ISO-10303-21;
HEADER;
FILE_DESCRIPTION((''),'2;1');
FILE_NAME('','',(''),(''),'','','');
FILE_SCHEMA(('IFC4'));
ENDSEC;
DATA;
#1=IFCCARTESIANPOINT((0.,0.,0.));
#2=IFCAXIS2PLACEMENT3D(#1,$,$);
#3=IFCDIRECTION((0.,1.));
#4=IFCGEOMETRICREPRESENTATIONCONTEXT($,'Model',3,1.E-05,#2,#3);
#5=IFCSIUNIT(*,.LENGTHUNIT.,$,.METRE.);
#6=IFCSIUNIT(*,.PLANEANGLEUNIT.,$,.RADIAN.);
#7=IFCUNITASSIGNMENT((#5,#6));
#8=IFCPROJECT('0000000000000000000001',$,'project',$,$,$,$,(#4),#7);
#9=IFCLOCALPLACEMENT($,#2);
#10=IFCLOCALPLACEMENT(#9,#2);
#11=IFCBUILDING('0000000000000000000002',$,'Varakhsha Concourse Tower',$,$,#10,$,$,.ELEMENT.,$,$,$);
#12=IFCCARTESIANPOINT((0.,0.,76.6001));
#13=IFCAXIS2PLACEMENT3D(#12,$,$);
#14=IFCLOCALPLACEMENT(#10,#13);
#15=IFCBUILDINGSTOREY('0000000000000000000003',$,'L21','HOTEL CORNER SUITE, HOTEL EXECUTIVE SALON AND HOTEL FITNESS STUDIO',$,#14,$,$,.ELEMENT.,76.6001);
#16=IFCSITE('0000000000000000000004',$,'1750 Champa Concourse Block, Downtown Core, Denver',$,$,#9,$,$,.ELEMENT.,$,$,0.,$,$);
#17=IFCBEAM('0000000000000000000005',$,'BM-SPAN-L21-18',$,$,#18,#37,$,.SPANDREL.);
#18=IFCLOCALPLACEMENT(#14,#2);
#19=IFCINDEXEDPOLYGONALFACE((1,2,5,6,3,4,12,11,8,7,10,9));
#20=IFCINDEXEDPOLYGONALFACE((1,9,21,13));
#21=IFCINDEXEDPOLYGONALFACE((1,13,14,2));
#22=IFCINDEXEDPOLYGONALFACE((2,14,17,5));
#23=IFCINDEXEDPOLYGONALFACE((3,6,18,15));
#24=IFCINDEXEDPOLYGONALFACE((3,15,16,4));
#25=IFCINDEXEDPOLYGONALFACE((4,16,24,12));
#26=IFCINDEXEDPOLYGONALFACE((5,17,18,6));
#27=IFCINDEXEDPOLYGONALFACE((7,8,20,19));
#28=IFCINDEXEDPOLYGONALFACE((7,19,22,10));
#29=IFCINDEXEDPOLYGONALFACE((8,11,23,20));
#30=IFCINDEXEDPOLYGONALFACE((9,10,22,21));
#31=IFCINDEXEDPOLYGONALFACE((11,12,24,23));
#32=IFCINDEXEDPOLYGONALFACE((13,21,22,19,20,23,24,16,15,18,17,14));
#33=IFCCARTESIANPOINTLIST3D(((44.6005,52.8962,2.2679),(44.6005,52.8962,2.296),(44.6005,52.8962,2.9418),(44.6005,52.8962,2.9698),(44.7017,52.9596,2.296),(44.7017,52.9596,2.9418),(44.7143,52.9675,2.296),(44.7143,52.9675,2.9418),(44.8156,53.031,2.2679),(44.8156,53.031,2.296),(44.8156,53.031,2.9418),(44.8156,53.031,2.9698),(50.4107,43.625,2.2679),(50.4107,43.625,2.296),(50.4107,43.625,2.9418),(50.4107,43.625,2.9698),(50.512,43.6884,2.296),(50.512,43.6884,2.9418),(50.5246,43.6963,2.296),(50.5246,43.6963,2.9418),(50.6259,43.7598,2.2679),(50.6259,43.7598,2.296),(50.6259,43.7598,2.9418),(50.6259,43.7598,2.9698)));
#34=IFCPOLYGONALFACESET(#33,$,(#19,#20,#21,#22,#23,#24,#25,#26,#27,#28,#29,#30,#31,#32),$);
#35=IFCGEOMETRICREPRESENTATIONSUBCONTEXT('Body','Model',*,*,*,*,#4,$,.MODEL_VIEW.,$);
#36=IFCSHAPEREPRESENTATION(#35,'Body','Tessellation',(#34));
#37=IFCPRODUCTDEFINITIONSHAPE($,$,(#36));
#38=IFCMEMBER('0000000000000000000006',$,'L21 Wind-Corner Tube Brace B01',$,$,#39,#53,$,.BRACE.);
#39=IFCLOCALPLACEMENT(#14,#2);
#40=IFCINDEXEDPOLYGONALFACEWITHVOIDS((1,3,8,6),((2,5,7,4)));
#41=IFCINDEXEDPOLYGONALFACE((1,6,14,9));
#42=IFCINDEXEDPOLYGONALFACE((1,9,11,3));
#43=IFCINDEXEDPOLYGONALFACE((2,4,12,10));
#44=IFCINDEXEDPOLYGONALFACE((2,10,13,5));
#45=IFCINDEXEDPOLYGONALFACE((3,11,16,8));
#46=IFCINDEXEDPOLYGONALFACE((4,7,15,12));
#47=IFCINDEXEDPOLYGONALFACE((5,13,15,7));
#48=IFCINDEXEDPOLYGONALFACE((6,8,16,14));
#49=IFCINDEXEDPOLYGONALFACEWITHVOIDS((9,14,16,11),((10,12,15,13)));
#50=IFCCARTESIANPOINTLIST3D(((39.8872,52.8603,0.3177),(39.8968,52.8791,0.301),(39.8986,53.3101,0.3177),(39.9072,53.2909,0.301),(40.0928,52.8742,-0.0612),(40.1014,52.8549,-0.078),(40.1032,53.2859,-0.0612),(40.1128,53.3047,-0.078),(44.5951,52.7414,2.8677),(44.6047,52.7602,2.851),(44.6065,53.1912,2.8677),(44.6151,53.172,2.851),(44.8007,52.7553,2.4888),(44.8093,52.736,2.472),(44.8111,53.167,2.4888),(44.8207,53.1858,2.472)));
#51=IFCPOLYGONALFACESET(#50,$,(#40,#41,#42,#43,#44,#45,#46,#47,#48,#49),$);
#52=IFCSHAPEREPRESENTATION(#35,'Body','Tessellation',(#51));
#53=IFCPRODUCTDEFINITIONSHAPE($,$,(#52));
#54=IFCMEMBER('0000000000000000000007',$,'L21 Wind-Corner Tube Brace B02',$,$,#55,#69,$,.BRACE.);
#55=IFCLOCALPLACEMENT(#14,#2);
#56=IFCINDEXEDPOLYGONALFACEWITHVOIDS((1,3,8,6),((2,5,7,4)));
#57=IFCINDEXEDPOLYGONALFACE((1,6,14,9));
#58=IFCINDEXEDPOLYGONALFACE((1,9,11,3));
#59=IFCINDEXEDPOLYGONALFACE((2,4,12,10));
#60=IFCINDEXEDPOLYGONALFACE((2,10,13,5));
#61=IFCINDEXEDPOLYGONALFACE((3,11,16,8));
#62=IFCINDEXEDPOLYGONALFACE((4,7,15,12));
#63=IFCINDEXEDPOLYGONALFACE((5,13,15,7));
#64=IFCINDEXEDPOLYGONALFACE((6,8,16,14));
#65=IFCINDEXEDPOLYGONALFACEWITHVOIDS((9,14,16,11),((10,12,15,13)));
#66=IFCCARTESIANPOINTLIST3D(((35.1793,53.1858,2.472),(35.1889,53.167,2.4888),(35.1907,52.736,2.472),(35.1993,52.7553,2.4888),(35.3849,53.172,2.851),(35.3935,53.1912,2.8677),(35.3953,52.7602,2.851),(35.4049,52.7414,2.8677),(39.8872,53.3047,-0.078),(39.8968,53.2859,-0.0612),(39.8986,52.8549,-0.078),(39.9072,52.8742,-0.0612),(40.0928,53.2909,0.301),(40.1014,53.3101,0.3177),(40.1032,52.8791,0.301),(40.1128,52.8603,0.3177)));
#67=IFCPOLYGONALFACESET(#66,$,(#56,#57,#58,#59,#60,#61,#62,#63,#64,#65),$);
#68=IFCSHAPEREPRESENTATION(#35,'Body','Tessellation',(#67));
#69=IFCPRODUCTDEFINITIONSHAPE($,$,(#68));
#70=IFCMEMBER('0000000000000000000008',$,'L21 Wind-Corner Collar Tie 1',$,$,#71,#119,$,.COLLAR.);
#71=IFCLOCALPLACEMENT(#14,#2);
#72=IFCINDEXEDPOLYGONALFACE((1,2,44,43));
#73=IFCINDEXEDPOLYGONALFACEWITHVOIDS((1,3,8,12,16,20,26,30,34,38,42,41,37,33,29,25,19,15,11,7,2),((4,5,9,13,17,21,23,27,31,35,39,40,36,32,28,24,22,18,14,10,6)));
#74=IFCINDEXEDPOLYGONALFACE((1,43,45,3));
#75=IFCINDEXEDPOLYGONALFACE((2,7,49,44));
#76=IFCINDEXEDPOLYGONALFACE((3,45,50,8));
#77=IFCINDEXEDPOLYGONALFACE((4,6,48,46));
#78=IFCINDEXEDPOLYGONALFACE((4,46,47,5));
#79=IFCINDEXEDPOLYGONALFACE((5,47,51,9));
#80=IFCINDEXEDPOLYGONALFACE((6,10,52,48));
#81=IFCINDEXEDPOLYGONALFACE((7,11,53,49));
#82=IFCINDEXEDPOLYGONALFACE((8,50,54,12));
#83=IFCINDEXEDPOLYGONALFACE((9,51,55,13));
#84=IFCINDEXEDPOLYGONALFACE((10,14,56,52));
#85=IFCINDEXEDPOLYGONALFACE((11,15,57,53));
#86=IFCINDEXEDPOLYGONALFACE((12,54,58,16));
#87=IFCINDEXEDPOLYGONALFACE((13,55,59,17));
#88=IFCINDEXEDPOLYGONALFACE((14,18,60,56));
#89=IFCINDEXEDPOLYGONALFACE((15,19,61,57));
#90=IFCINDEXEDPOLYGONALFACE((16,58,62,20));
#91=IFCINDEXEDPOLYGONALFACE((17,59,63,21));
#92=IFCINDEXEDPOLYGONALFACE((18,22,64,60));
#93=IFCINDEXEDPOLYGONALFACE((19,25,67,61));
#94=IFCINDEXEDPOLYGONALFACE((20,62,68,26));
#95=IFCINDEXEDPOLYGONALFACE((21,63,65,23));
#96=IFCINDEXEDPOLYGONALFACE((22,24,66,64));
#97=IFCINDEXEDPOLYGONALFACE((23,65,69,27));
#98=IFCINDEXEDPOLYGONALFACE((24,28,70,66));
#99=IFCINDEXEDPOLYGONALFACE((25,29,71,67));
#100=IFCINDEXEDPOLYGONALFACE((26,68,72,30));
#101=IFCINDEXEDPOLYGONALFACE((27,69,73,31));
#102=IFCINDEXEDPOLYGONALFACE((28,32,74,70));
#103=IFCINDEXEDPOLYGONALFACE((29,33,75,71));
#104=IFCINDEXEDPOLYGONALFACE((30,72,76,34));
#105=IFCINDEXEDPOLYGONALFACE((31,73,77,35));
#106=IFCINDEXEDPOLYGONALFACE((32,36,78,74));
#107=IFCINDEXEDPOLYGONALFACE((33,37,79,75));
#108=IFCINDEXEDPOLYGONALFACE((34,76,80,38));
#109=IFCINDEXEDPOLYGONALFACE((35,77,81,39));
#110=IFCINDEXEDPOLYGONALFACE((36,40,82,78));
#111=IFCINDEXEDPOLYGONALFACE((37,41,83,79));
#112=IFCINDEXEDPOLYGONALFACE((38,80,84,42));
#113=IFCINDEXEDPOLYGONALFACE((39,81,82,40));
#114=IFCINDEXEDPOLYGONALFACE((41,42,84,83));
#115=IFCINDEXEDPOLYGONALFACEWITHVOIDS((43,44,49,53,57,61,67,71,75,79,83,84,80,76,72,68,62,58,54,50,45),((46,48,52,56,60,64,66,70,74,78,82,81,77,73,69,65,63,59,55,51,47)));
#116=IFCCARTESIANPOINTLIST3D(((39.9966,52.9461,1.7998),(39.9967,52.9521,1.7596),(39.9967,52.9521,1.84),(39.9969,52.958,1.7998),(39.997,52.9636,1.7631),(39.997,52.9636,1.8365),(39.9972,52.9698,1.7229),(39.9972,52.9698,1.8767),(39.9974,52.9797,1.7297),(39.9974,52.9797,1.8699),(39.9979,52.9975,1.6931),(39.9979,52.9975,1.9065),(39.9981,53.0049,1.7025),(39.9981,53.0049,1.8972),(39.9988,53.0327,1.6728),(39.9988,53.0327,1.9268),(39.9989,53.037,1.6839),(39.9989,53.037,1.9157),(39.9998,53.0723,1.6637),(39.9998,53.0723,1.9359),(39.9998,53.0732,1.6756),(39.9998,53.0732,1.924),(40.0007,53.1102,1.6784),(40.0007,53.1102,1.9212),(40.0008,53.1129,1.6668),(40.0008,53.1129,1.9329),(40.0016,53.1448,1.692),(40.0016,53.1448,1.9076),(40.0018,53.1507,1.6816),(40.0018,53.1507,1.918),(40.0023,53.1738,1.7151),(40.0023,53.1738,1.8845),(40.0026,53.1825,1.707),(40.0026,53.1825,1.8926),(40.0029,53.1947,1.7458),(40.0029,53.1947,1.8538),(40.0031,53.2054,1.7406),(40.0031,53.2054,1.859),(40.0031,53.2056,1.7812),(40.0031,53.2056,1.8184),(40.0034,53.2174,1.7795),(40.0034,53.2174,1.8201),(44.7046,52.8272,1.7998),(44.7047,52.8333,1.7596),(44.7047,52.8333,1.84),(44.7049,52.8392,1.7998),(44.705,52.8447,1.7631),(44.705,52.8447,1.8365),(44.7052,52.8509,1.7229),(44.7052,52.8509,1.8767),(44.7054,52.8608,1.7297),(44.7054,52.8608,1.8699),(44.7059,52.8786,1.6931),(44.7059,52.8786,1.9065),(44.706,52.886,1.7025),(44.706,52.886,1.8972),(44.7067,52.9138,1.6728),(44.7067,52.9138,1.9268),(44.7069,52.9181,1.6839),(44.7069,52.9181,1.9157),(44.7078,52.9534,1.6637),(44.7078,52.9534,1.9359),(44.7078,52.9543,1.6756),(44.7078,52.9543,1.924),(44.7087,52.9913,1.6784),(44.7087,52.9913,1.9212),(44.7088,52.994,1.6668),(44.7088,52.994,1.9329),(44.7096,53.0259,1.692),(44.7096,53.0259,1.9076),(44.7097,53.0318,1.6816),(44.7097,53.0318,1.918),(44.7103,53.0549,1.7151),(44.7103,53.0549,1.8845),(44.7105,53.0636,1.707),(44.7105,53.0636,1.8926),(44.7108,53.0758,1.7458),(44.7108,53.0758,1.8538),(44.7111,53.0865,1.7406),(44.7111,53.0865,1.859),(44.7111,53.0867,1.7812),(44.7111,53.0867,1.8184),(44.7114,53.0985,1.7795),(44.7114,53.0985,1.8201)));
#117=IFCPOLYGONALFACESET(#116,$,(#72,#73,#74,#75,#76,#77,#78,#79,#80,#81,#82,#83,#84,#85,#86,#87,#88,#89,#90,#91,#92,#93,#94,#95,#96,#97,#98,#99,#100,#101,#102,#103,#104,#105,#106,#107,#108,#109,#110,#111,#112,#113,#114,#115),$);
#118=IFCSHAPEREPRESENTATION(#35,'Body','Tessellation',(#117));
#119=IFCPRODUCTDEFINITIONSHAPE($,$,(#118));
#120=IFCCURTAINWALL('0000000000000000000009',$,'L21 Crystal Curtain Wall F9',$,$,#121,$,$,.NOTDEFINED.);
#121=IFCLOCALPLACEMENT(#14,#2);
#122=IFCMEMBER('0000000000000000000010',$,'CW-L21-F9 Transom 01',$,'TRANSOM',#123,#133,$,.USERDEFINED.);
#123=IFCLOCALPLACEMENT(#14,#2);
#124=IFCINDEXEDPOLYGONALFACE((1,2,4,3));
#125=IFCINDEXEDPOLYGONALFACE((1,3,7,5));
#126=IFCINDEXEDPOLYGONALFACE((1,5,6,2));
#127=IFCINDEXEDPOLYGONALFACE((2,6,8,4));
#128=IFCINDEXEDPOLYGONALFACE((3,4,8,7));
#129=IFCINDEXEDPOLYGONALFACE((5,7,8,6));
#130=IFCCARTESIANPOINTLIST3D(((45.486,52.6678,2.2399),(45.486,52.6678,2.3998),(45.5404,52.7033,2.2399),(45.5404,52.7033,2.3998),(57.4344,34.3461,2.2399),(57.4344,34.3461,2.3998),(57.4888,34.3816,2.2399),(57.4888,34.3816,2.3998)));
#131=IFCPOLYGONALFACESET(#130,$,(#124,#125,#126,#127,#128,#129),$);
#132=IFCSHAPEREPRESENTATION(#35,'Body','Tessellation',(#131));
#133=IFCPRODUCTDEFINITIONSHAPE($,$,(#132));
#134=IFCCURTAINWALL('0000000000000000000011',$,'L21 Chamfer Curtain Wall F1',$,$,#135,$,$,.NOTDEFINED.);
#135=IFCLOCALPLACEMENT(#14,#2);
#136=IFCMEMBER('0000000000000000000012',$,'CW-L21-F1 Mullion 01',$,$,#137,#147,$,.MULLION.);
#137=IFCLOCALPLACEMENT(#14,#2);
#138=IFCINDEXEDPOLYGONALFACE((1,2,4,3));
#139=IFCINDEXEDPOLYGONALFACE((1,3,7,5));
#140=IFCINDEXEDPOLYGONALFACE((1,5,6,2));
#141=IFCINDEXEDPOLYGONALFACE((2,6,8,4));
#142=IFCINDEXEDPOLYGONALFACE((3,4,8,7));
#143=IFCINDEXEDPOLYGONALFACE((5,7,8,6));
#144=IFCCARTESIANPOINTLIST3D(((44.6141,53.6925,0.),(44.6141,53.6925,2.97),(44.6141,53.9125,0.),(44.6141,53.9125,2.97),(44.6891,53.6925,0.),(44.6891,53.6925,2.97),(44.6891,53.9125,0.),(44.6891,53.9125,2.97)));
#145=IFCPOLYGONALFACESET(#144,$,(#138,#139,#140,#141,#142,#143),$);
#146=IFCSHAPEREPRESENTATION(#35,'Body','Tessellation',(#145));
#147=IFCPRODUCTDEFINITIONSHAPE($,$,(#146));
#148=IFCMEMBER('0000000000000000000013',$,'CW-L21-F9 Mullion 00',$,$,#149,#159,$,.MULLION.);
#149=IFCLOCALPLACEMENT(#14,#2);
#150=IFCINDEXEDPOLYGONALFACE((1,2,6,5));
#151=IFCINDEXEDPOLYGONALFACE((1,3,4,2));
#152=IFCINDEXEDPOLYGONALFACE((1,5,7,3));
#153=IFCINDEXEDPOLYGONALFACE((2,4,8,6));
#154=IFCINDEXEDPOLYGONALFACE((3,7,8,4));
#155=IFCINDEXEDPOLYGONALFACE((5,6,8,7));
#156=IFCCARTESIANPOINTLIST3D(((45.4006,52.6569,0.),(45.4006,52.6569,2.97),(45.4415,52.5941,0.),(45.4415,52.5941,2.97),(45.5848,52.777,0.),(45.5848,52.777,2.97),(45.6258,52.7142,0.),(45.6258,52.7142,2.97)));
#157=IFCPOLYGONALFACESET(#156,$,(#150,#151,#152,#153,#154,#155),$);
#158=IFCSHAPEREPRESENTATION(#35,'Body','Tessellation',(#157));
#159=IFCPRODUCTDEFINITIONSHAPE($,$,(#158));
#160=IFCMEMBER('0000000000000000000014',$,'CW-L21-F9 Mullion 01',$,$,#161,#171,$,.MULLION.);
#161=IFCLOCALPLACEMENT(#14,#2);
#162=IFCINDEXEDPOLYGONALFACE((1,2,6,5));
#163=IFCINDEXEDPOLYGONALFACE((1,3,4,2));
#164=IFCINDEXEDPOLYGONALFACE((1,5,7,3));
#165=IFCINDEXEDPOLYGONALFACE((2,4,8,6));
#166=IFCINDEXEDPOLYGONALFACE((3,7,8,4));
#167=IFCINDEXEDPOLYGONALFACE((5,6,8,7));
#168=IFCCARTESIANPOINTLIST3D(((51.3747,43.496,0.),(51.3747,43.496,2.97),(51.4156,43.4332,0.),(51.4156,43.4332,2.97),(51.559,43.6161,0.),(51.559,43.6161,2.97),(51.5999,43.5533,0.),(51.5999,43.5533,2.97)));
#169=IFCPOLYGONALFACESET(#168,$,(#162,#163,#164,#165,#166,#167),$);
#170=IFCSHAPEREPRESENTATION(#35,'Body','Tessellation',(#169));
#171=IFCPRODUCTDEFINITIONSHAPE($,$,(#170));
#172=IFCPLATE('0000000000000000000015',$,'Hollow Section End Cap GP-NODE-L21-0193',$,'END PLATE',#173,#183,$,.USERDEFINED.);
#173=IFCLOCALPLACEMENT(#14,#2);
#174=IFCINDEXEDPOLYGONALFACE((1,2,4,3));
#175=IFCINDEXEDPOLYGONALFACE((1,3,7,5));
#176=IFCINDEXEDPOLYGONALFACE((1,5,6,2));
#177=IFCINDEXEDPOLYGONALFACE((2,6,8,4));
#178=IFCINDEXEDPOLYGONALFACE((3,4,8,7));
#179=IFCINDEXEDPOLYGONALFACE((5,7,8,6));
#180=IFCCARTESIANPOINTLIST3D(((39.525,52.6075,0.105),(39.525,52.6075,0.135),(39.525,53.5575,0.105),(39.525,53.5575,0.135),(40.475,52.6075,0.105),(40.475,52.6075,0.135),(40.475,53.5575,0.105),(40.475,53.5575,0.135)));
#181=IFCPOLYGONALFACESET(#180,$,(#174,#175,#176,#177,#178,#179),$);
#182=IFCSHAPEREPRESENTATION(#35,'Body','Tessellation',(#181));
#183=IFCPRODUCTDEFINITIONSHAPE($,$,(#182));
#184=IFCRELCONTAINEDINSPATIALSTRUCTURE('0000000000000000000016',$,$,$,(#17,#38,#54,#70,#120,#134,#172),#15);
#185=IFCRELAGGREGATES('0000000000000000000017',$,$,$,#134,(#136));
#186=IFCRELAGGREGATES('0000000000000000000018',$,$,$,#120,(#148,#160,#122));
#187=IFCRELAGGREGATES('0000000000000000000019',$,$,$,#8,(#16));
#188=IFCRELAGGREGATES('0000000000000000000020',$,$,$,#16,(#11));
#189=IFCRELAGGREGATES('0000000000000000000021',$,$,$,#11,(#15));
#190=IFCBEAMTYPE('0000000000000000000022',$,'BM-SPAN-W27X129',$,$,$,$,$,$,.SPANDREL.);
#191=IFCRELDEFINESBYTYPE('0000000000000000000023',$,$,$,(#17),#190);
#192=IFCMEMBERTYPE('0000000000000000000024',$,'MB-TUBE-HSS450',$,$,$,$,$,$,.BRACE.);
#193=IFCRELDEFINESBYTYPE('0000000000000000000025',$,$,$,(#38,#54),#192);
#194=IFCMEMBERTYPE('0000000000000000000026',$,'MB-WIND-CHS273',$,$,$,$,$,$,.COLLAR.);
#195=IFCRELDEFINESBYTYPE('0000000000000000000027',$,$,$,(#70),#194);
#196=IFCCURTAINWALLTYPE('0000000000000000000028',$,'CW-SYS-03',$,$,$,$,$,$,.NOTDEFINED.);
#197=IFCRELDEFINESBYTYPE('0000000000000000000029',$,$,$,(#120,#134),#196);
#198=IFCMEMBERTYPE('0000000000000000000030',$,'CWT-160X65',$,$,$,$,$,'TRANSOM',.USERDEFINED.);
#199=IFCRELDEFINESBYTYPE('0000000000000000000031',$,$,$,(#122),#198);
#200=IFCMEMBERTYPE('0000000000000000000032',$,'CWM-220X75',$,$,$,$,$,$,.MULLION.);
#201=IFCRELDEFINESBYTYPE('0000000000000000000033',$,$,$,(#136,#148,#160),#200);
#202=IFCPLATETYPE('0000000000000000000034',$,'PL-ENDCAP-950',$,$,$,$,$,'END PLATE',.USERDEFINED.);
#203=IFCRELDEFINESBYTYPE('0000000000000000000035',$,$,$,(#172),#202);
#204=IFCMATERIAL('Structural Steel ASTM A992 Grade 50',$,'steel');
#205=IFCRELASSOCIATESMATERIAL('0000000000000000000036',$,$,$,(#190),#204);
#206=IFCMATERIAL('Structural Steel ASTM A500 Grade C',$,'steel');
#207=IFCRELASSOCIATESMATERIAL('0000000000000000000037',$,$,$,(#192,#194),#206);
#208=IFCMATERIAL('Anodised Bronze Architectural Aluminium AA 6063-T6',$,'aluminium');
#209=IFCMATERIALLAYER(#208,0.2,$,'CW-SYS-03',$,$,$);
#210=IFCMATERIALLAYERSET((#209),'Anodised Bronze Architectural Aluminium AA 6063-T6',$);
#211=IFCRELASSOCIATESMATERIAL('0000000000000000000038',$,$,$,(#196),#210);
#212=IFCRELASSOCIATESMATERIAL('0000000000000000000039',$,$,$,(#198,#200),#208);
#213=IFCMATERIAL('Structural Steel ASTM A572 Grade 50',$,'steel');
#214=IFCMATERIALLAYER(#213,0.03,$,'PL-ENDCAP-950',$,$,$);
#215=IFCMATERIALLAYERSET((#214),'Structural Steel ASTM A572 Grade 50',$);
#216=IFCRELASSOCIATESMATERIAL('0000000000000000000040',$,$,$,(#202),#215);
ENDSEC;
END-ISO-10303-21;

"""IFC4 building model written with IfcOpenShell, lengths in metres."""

from ifc_helpers import new_model, si_unit, direction, frame, origin, origin_2d, place, context, subcontext, project, spatial, rectangle, hollow_rectangle, hollow_circle, i_section, extrude, source, transform, mapped, material, layer, layer_set, material_profile, profile_set, type_object, type_shapes, element, aggregate, save


model = new_model("IFC4")

# Units and contexts
model_context = context("Model", 3, precision=1e-05, world=origin(), true_north=direction((0.0, 1.0)))
body_context = subcontext(model_context, "Body", "Model", "MODEL_VIEW")
ifc_project = project(units=[si_unit("LENGTHUNIT", "METRE"), si_unit("PLANEANGLEUNIT", "RADIAN")], contexts=[model_context])

# Site, building, storey
site_placement = place(None, origin())
site = spatial("IfcSite", under=ifc_project, at=site_placement, Name="1750 Champa Concourse Block, Downtown Core, Denver", CompositionType="ELEMENT", RefElevation=0.0)
building_placement = place(site_placement, origin())
building = spatial("IfcBuilding", under=site, at=building_placement, Name="Varakhsha Concourse Tower", CompositionType="ELEMENT")
storey_placement = place(building_placement, frame((0.0, 0.0, 76.6001)))
storey = spatial("IfcBuildingStorey", under=building, at=storey_placement, Name="L21", Description="HOTEL CORNER SUITE, HOTEL EXECUTIVE SALON AND HOTEL FITNESS STUDIO", CompositionType="ELEMENT", Elevation=76.6001)

# Shared definitions
ifc_material_1 = material(Name="Structural Steel ASTM A992 Grade 50", Category="steel")
ifc_material_2 = material(Name="Structural Steel ASTM A572 Grade 50", Category="steel")

# Beam
ifc_material_profile_1 = material_profile(ifc_material_1, i_section(OverallWidth=0.2539, OverallDepth=0.7019, WebThickness=0.0149, FlangeThickness=0.0281, at=origin_2d()), Name="W27X129")
ifc_profile_set_1 = profile_set([ifc_material_profile_1], Name="Structural Steel ASTM A992 Grade 50")
beam_type_1 = type_object("IfcBeamType", Name="BM-SPAN-W27X129", PredefinedType="SPANDREL", material=ifc_profile_set_1)
beam_1_placement = place(storey_placement, frame((50.5183, 43.6924, 2.6189), z_axis=(-0.531035, 0.84735, 0.0), x_axis=(-0.84735, -0.531035, 0.0)))
element("IfcBeam", 1, at=beam_1_placement, inside=storey, type_object=beam_type_1, Name="BM-SPAN-L21-18", PredefinedType="SPANDREL", context=body_context, shape_type="SweptSolid", body=[
    extrude(i_section(OverallWidth=0.2539, OverallDepth=0.7019, WebThickness=0.0149, FlangeThickness=0.0281, at=origin_2d()), origin(), (0.0, 0.0, 1.0), 10.9414),
])

# Members
ifc_material_3 = material(Name="Structural Steel ASTM A500 Grade C", Category="steel")
ifc_material_profile_2 = material_profile(ifc_material_3, hollow_rectangle(XDim=0.45, YDim=0.45, WallThickness=0.019, at=origin_2d()), Name="HSS 450x450x19")
ifc_profile_set_2 = profile_set([ifc_material_profile_2], Name="Structural Steel ASTM A500 Grade C")
member_type_1 = type_object("IfcMemberType", Name="MB-TUBE-HSS450", PredefinedType="BRACE", material=ifc_profile_set_2)
shared_shape_1 = source(origin(), body_context, "Body", "SweptSolid", [
    extrude(hollow_rectangle(XDim=0.45, YDim=0.45, WallThickness=0.019, at=origin_2d()), origin(), (0.0, 0.0, 1.0), 5.3555),
])
type_shapes(member_type_1, [shared_shape_1])
for number, where, z_axis, x_axis, name in (
    (2, (40.0, 53.0825, 0.1199), (0.879085, -0.0222, 0.476148), (0.025246, 0.999681, 0.0), "L21 Wind-Corner Tube Brace B01"),
    (3, (40.0, 53.0825, 0.1199), (-0.879085, -0.0222, 0.476148), (0.025246, -0.999681, 0.0), "L21 Wind-Corner Tube Brace B02"),
):
    element("IfcMember", number, at=place(storey_placement, frame(where, z_axis=z_axis, x_axis=x_axis)), inside=storey, type_object=member_type_1, Name=name, PredefinedType="BRACE", context=body_context, shape_type="MappedRepresentation", body=[
        mapped(shared_shape_1, transform((0.0, 0.0, 0.0), scale=1.0)),
    ])
ifc_material_profile_3 = material_profile(ifc_material_3, hollow_circle(Radius=0.1365, WallThickness=0.012, at=origin_2d()), Name="CHS 273x12")
ifc_profile_set_3 = profile_set([ifc_material_profile_3], Name="Structural Steel ASTM A500 Grade C")
member_type_2 = type_object("IfcMemberType", Name="MB-WIND-CHS273", PredefinedType="COLLAR", material=ifc_profile_set_3)
shared_shape_2 = source(origin(), body_context, "Body", "SweptSolid", [
    extrude(hollow_circle(Radius=0.1365, WallThickness=0.012, at=origin_2d()), origin(), (0.0, 0.0, 1.0), 4.7095),
])
type_shapes(member_type_2, [shared_shape_2])
member_1_placement = place(storey_placement, frame((44.708, 52.9636, 1.7998), z_axis=(-0.999681, 0.025246, 0.0), x_axis=(-0.025246, -0.999681, 0.0)))
element("IfcMember", 4, at=member_1_placement, inside=storey, type_object=member_type_2, Name="L21 Wind-Corner Collar Tie 1", PredefinedType="COLLAR", context=body_context, shape_type="MappedRepresentation", body=[
    mapped(shared_shape_2, transform((0.0, 0.0, 0.0), scale=1.0)),
])

# Curtain walls, members
ifc_material_4 = material(Name="Anodised Bronze Architectural Aluminium AA 6063-T6", Category="aluminium")
ifc_layer_1 = layer(ifc_material_4, 0.2, Name="CW-SYS-03")
ifc_layer_set_1 = layer_set([ifc_layer_1], Name="Anodised Bronze Architectural Aluminium AA 6063-T6")
curtain_wall_type = type_object("IfcCurtainWallType", Name="CW-SYS-03", PredefinedType="NOTDEFINED", material=ifc_layer_set_1)
curtain_wall_1_placement = place(storey_placement, origin())
curtain_wall_1 = element("IfcCurtainWall", 5, at=curtain_wall_1_placement, inside=storey, type_object=curtain_wall_type, Name="L21 Crystal Curtain Wall F9", PredefinedType="NOTDEFINED")
ifc_material_profile_4 = material_profile(ifc_material_4, rectangle(XDim=0.0649, YDim=0.1599, at=origin_2d()), Name="CWT-160X65")
ifc_profile_set_4 = profile_set([ifc_material_profile_4], Name="Anodised Bronze Architectural Aluminium AA 6063-T6")
member_type_3 = type_object("IfcMemberType", Name="CWT-160X65", ElementType="TRANSOM", PredefinedType="USERDEFINED", material=ifc_profile_set_4)
shared_shape_3 = source(origin(), body_context, "Body", "SweptSolid", [
    extrude(rectangle(XDim=0.0649, YDim=0.1599, at=origin_2d()), origin(), (0.0, 0.0, 1.0), 21.8735),
])
type_shapes(member_type_3, [shared_shape_3])
member_2_placement = place(storey_placement, frame((45.5132, 52.6855, 2.3198), z_axis=(0.546252, -0.837621, 0.0), x_axis=(0.837621, 0.546252, 0.0)))
member_2 = element("IfcMember", 6, at=member_2_placement, type_object=member_type_3, Name="CW-L21-F9 Transom 01", ObjectType="TRANSOM", PredefinedType="USERDEFINED", context=body_context, shape_type="MappedRepresentation", body=[
    mapped(shared_shape_3, transform((0.0, 0.0, 0.0), scale=1.0)),
])
curtain_wall_2_placement = place(storey_placement, origin())
curtain_wall_2 = element("IfcCurtainWall", 7, at=curtain_wall_2_placement, inside=storey, type_object=curtain_wall_type, Name="L21 Chamfer Curtain Wall F1", PredefinedType="NOTDEFINED")
ifc_material_profile_5 = material_profile(ifc_material_4, rectangle(XDim=0.075, YDim=0.22, at=origin_2d()), Name="CWM-220X75")
ifc_profile_set_5 = profile_set([ifc_material_profile_5], Name="Anodised Bronze Architectural Aluminium AA 6063-T6")
member_type_4 = type_object("IfcMemberType", Name="CWM-220X75", PredefinedType="MULLION", material=ifc_profile_set_5)
shared_shape_4 = source(origin(), body_context, "Body", "SweptSolid", [
    extrude(rectangle(XDim=0.075, YDim=0.22, at=origin_2d()), origin(), (0.0, 0.0, 1.0), 2.97),
])
type_shapes(member_type_4, [shared_shape_4])
member_3_placement = place(storey_placement, frame((44.6516, 53.8025, 0.0), z_axis=(0.0, 0.0, 1.0), x_axis=(1.0, 0.0, 0.0)))
member_3 = element("IfcMember", 8, at=member_3_placement, type_object=member_type_4, Name="CW-L21-F1 Mullion 01", PredefinedType="MULLION", context=body_context, shape_type="MappedRepresentation", body=[
    mapped(shared_shape_4, transform((0.0, 0.0, 0.0), scale=1.0)),
])

# Members
member_4_placement = place(storey_placement, frame((45.5132, 52.6855, 0.0), z_axis=(0.0, 0.0, 1.0), x_axis=(0.54625, -0.837622, 0.0)))
member_4 = element("IfcMember", 9, at=member_4_placement, type_object=member_type_4, Name="CW-L21-F9 Mullion 00", PredefinedType="MULLION", context=body_context, shape_type="MappedRepresentation", body=[
    mapped(shared_shape_4, transform((0.0, 0.0, 0.0), scale=1.0)),
])
member_5_placement = place(storey_placement, frame((51.4873, 43.5247, 0.0), z_axis=(0.0, 0.0, 1.0), x_axis=(0.54625, -0.837622, 0.0)))
member_5 = element("IfcMember", 10, at=member_5_placement, type_object=member_type_4, Name="CW-L21-F9 Mullion 01", PredefinedType="MULLION", context=body_context, shape_type="MappedRepresentation", body=[
    mapped(shared_shape_4, transform((0.0, 0.0, 0.0), scale=1.0)),
])

# Plate
ifc_layer_2 = layer(ifc_material_2, 0.03, Name="PL-ENDCAP-950")
ifc_layer_set_2 = layer_set([ifc_layer_2], Name="Structural Steel ASTM A572 Grade 50")
plate_type_1 = type_object("IfcPlateType", Name="PL-ENDCAP-950", ElementType="END PLATE", PredefinedType="USERDEFINED", material=ifc_layer_set_2)
shared_shape_5 = source(origin(), body_context, "Body", "SweptSolid", [
    extrude(rectangle(XDim=0.95, YDim=0.95, at=origin_2d()), origin(), (0.0, 0.0, 1.0), 0.03),
])
type_shapes(plate_type_1, [shared_shape_5])
for number, where, z_axis, x_axis, name in (
    (11, (40.0, 53.0825, 0.105), (0.0, 0.0, 1.0), (1.0, 0.0, 0.0), "Hollow Section End Cap GP-NODE-L21-0193"),
):
    element("IfcPlate", number, at=place(storey_placement, frame(where, z_axis=z_axis, x_axis=x_axis)), inside=storey, type_object=plate_type_1, Name=name, ObjectType="END PLATE", PredefinedType="USERDEFINED", context=body_context, shape_type="MappedRepresentation", body=[
        mapped(shared_shape_5, transform((0.0, 0.0, 0.0), scale=1.0)),
    ])

aggregate(curtain_wall_2, [member_3])
aggregate(curtain_wall_1, [member_4, member_5, member_2])

save(model, "model.ifc")
